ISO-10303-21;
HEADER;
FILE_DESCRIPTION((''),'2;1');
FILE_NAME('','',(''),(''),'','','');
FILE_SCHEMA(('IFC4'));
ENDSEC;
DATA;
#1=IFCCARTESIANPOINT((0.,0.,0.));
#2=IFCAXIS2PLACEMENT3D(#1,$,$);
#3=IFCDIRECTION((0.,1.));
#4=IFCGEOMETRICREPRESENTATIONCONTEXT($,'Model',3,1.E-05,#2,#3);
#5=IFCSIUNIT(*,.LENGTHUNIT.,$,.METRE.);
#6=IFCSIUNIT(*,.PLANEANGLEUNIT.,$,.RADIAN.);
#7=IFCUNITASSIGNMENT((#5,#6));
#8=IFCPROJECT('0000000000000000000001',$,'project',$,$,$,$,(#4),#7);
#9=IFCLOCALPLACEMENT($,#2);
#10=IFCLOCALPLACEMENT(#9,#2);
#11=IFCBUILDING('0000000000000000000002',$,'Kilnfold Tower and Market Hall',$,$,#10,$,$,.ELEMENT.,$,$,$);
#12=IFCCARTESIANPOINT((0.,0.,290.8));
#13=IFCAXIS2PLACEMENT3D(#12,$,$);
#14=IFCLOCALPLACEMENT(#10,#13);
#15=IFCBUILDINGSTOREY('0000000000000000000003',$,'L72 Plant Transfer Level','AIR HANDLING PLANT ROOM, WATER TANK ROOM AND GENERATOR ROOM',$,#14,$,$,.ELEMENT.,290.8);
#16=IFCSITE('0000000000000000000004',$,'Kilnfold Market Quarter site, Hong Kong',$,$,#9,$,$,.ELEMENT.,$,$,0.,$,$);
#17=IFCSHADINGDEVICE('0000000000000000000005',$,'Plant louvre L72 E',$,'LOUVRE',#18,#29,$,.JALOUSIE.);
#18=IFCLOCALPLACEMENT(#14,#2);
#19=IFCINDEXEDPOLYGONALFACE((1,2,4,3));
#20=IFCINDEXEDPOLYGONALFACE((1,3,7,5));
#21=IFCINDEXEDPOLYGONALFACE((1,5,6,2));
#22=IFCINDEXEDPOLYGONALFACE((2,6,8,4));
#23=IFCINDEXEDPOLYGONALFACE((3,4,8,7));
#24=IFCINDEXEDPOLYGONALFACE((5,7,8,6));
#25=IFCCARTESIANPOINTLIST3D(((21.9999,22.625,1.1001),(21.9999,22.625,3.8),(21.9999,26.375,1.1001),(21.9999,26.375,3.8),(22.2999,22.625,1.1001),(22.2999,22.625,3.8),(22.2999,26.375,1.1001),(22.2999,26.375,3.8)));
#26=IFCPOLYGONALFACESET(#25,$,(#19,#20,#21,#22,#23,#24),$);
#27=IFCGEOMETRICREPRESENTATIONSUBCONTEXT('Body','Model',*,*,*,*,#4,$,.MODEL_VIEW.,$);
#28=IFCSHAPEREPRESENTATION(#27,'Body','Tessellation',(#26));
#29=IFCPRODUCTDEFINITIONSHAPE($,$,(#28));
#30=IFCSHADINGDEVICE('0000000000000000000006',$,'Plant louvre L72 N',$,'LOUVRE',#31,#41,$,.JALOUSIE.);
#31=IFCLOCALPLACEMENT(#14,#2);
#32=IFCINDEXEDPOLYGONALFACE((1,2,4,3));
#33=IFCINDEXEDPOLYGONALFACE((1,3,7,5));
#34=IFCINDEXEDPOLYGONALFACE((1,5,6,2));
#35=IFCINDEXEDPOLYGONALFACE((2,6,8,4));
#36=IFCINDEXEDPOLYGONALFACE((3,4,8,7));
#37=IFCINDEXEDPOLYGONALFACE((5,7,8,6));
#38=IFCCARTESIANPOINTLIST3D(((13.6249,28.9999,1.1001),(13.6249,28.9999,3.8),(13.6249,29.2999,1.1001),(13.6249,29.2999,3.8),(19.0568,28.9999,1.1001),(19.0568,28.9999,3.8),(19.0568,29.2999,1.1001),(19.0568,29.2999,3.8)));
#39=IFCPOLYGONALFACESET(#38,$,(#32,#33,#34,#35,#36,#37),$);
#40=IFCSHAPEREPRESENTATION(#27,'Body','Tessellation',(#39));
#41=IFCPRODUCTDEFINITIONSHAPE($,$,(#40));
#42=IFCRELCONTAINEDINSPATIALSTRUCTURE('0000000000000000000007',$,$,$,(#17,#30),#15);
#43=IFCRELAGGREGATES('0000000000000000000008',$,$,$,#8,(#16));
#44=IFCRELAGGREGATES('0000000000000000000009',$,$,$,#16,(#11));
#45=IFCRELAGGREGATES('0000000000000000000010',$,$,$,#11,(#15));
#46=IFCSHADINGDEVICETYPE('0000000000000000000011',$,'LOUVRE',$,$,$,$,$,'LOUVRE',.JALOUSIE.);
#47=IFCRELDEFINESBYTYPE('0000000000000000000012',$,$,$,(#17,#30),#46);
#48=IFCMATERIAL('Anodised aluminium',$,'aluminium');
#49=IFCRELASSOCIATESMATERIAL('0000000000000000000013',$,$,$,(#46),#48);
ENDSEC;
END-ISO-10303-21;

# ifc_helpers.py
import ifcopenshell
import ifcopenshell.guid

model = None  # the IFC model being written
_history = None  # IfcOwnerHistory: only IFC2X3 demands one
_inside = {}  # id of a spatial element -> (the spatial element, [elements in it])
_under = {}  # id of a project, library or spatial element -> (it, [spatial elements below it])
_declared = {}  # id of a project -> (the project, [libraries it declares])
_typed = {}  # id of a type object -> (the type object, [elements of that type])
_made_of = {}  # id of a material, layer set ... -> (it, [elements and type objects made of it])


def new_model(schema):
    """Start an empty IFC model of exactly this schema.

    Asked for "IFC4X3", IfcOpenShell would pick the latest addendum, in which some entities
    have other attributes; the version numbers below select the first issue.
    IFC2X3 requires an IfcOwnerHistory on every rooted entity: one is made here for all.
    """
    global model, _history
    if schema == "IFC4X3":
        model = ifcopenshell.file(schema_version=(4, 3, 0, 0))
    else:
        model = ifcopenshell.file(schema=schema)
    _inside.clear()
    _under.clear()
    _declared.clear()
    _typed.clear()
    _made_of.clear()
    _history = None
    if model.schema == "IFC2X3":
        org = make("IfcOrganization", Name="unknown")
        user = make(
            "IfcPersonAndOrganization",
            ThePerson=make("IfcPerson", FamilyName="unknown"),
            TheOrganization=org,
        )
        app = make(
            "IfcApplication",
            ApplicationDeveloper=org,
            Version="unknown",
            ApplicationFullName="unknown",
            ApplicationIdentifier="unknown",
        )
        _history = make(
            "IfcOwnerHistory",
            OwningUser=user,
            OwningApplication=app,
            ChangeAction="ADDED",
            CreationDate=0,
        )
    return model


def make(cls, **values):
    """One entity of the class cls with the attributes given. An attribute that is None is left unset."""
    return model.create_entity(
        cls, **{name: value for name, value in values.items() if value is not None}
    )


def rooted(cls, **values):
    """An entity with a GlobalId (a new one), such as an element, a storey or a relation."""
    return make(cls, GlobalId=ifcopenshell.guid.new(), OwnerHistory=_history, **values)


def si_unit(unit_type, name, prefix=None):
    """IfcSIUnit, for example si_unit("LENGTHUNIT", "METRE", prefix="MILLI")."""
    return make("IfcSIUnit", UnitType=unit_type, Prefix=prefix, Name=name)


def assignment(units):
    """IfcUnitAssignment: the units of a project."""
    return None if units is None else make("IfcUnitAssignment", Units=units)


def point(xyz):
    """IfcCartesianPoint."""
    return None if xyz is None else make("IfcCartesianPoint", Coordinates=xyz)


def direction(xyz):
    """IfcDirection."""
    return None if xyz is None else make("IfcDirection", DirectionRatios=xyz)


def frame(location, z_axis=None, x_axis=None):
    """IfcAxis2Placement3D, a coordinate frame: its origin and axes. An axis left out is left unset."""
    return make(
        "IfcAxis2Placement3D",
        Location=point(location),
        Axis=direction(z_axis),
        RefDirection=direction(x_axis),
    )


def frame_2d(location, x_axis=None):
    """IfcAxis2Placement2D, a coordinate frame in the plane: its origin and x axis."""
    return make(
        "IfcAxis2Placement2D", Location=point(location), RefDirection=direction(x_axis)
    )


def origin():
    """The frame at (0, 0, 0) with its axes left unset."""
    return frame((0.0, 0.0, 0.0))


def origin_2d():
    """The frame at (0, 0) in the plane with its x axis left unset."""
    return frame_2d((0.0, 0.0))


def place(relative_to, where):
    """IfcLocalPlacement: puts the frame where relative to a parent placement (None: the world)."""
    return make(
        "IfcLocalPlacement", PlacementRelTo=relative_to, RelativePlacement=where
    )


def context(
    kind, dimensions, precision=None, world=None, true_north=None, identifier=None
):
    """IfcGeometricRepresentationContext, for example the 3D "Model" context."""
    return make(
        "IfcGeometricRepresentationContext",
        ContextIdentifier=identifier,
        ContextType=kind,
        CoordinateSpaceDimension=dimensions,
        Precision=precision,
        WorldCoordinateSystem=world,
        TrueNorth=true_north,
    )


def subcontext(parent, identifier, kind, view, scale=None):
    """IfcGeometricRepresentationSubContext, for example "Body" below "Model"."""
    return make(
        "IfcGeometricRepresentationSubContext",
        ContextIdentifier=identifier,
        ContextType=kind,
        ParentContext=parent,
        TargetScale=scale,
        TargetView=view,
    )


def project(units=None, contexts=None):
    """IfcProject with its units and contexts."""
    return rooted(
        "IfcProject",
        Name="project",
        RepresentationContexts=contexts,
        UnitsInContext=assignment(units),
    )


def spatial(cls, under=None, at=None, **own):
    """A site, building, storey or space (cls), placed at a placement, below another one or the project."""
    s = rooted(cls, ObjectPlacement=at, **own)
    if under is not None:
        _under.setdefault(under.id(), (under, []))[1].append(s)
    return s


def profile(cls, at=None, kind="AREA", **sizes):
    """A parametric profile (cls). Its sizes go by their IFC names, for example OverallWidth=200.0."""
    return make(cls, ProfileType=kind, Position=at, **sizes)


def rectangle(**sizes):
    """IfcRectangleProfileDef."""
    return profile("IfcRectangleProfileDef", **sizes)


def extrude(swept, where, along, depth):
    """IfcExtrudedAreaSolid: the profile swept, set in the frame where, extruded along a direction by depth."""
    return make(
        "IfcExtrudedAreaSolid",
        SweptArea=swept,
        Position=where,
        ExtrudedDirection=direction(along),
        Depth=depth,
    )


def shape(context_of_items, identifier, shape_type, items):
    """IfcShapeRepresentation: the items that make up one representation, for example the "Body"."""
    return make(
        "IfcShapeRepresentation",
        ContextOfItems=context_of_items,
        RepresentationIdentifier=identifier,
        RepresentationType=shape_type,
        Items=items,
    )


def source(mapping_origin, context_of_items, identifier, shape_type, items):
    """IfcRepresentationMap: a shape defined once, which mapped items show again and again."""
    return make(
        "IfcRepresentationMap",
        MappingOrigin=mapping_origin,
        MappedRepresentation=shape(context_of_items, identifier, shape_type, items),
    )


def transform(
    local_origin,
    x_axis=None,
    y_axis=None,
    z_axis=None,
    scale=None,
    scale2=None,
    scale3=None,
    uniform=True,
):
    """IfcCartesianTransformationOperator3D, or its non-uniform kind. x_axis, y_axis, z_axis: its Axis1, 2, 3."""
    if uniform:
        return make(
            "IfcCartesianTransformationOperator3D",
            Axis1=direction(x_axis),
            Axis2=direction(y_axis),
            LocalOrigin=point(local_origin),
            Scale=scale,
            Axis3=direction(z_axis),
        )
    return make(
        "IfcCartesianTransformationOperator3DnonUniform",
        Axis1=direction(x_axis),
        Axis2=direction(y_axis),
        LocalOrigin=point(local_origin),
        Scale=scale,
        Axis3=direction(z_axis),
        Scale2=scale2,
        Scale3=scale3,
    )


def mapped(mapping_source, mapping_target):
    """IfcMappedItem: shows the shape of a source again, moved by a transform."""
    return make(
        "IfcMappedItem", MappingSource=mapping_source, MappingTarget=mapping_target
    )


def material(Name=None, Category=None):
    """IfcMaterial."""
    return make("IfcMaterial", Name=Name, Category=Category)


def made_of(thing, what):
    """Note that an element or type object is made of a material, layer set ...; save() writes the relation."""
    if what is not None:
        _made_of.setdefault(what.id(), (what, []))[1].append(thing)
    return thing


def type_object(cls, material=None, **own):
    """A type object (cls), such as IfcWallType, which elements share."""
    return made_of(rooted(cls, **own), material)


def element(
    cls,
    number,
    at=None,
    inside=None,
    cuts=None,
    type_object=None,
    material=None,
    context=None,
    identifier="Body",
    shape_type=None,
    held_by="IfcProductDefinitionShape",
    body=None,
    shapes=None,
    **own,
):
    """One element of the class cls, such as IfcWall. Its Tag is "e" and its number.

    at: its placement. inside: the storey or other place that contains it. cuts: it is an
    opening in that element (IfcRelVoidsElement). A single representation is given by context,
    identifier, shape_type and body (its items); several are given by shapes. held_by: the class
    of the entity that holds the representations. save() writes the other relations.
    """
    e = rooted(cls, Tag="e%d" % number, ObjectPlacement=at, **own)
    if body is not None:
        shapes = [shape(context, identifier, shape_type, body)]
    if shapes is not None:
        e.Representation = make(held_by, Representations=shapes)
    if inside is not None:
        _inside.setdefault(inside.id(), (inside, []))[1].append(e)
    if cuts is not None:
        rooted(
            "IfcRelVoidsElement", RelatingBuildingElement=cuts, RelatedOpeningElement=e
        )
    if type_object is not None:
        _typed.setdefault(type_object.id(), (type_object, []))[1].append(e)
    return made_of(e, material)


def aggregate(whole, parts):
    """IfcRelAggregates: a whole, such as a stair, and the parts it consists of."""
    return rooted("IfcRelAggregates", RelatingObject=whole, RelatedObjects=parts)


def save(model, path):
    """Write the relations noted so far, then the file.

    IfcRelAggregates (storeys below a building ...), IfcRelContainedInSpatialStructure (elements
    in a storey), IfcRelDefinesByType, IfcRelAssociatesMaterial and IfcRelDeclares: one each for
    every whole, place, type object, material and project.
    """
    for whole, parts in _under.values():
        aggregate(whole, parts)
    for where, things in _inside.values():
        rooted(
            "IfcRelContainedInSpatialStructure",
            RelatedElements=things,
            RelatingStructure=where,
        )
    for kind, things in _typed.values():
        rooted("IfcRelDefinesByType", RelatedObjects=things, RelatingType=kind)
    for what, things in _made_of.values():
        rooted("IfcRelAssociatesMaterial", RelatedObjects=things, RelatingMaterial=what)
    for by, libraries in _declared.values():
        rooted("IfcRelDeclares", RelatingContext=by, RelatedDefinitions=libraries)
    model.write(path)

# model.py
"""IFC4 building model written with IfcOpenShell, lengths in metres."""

from ifc_helpers import new_model, si_unit, direction, frame, origin, origin_2d, place, context, subcontext, project, spatial, rectangle, extrude, source, transform, mapped, material, type_object, element, save


model = new_model("IFC4")

# Units and contexts
model_context = context("Model", 3, precision=1e-05, world=origin(), true_north=direction((0.0, 1.0)))
body_context = subcontext(model_context, "Body", "Model", "MODEL_VIEW")
ifc_project = project(units=[si_unit("LENGTHUNIT", "METRE"), si_unit("PLANEANGLEUNIT", "RADIAN")], contexts=[model_context])

# Site, building, storey
site_placement = place(None, origin())
site = spatial("IfcSite", under=ifc_project, at=site_placement, Name="Kilnfold Market Quarter site, Hong Kong", CompositionType="ELEMENT", RefElevation=0.0)
building_placement = place(site_placement, origin())
building = spatial("IfcBuilding", under=site, at=building_placement, Name="Kilnfold Tower and Market Hall", CompositionType="ELEMENT")
storey_placement = place(building_placement, frame((0.0, 0.0, 290.8)))
storey = spatial("IfcBuildingStorey", under=building, at=storey_placement, Name="L72 Plant Transfer Level", Description="AIR HANDLING PLANT ROOM, WATER TANK ROOM AND GENERATOR ROOM", CompositionType="ELEMENT", Elevation=290.8)

# Shading devices
ifc_material_1 = material(Name="Anodised aluminium", Category="aluminium")
shading_device_type_1 = type_object("IfcShadingDeviceType", Name="LOUVRE", ElementType="LOUVRE", PredefinedType="JALOUSIE", material=ifc_material_1)
shared_shape_1 = source(origin(), body_context, "Body", "SweptSolid", [
    extrude(rectangle(XDim=3.75, YDim=0.3, at=origin_2d()), origin(), (0.0, 0.0, 1.0), 2.7),
])
shading_device_1_placement = place(storey_placement, frame((22.1499, 24.5, 1.1001), z_axis=(0.0, 0.0, 1.0), x_axis=(0.0, 1.0, 0.0)))
element("IfcShadingDevice", 1, at=shading_device_1_placement, inside=storey, type_object=shading_device_type_1, Name="Plant louvre L72 E", ObjectType="LOUVRE", PredefinedType="JALOUSIE", context=body_context, shape_type="MappedRepresentation", body=[
    mapped(shared_shape_1, transform((0.0, 0.0, 0.0))),
])
shared_shape_2 = source(origin(), body_context, "Body", "SweptSolid", [
    extrude(rectangle(XDim=5.4319, YDim=0.3, at=origin_2d()), origin(), (0.0, 0.0, 1.0), 2.7),
])
shading_device_2_placement = place(storey_placement, frame((16.3408, 29.1499, 1.1001), z_axis=(0.0, 0.0, 1.0), x_axis=(-1.0, 0.0, 0.0)))
element("IfcShadingDevice", 2, at=shading_device_2_placement, inside=storey, type_object=shading_device_type_1, Name="Plant louvre L72 N", ObjectType="LOUVRE", PredefinedType="JALOUSIE", context=body_context, shape_type="MappedRepresentation", body=[
    mapped(shared_shape_2, transform((0.0, 0.0, 0.0))),
])

save(model, "model.ifc")
